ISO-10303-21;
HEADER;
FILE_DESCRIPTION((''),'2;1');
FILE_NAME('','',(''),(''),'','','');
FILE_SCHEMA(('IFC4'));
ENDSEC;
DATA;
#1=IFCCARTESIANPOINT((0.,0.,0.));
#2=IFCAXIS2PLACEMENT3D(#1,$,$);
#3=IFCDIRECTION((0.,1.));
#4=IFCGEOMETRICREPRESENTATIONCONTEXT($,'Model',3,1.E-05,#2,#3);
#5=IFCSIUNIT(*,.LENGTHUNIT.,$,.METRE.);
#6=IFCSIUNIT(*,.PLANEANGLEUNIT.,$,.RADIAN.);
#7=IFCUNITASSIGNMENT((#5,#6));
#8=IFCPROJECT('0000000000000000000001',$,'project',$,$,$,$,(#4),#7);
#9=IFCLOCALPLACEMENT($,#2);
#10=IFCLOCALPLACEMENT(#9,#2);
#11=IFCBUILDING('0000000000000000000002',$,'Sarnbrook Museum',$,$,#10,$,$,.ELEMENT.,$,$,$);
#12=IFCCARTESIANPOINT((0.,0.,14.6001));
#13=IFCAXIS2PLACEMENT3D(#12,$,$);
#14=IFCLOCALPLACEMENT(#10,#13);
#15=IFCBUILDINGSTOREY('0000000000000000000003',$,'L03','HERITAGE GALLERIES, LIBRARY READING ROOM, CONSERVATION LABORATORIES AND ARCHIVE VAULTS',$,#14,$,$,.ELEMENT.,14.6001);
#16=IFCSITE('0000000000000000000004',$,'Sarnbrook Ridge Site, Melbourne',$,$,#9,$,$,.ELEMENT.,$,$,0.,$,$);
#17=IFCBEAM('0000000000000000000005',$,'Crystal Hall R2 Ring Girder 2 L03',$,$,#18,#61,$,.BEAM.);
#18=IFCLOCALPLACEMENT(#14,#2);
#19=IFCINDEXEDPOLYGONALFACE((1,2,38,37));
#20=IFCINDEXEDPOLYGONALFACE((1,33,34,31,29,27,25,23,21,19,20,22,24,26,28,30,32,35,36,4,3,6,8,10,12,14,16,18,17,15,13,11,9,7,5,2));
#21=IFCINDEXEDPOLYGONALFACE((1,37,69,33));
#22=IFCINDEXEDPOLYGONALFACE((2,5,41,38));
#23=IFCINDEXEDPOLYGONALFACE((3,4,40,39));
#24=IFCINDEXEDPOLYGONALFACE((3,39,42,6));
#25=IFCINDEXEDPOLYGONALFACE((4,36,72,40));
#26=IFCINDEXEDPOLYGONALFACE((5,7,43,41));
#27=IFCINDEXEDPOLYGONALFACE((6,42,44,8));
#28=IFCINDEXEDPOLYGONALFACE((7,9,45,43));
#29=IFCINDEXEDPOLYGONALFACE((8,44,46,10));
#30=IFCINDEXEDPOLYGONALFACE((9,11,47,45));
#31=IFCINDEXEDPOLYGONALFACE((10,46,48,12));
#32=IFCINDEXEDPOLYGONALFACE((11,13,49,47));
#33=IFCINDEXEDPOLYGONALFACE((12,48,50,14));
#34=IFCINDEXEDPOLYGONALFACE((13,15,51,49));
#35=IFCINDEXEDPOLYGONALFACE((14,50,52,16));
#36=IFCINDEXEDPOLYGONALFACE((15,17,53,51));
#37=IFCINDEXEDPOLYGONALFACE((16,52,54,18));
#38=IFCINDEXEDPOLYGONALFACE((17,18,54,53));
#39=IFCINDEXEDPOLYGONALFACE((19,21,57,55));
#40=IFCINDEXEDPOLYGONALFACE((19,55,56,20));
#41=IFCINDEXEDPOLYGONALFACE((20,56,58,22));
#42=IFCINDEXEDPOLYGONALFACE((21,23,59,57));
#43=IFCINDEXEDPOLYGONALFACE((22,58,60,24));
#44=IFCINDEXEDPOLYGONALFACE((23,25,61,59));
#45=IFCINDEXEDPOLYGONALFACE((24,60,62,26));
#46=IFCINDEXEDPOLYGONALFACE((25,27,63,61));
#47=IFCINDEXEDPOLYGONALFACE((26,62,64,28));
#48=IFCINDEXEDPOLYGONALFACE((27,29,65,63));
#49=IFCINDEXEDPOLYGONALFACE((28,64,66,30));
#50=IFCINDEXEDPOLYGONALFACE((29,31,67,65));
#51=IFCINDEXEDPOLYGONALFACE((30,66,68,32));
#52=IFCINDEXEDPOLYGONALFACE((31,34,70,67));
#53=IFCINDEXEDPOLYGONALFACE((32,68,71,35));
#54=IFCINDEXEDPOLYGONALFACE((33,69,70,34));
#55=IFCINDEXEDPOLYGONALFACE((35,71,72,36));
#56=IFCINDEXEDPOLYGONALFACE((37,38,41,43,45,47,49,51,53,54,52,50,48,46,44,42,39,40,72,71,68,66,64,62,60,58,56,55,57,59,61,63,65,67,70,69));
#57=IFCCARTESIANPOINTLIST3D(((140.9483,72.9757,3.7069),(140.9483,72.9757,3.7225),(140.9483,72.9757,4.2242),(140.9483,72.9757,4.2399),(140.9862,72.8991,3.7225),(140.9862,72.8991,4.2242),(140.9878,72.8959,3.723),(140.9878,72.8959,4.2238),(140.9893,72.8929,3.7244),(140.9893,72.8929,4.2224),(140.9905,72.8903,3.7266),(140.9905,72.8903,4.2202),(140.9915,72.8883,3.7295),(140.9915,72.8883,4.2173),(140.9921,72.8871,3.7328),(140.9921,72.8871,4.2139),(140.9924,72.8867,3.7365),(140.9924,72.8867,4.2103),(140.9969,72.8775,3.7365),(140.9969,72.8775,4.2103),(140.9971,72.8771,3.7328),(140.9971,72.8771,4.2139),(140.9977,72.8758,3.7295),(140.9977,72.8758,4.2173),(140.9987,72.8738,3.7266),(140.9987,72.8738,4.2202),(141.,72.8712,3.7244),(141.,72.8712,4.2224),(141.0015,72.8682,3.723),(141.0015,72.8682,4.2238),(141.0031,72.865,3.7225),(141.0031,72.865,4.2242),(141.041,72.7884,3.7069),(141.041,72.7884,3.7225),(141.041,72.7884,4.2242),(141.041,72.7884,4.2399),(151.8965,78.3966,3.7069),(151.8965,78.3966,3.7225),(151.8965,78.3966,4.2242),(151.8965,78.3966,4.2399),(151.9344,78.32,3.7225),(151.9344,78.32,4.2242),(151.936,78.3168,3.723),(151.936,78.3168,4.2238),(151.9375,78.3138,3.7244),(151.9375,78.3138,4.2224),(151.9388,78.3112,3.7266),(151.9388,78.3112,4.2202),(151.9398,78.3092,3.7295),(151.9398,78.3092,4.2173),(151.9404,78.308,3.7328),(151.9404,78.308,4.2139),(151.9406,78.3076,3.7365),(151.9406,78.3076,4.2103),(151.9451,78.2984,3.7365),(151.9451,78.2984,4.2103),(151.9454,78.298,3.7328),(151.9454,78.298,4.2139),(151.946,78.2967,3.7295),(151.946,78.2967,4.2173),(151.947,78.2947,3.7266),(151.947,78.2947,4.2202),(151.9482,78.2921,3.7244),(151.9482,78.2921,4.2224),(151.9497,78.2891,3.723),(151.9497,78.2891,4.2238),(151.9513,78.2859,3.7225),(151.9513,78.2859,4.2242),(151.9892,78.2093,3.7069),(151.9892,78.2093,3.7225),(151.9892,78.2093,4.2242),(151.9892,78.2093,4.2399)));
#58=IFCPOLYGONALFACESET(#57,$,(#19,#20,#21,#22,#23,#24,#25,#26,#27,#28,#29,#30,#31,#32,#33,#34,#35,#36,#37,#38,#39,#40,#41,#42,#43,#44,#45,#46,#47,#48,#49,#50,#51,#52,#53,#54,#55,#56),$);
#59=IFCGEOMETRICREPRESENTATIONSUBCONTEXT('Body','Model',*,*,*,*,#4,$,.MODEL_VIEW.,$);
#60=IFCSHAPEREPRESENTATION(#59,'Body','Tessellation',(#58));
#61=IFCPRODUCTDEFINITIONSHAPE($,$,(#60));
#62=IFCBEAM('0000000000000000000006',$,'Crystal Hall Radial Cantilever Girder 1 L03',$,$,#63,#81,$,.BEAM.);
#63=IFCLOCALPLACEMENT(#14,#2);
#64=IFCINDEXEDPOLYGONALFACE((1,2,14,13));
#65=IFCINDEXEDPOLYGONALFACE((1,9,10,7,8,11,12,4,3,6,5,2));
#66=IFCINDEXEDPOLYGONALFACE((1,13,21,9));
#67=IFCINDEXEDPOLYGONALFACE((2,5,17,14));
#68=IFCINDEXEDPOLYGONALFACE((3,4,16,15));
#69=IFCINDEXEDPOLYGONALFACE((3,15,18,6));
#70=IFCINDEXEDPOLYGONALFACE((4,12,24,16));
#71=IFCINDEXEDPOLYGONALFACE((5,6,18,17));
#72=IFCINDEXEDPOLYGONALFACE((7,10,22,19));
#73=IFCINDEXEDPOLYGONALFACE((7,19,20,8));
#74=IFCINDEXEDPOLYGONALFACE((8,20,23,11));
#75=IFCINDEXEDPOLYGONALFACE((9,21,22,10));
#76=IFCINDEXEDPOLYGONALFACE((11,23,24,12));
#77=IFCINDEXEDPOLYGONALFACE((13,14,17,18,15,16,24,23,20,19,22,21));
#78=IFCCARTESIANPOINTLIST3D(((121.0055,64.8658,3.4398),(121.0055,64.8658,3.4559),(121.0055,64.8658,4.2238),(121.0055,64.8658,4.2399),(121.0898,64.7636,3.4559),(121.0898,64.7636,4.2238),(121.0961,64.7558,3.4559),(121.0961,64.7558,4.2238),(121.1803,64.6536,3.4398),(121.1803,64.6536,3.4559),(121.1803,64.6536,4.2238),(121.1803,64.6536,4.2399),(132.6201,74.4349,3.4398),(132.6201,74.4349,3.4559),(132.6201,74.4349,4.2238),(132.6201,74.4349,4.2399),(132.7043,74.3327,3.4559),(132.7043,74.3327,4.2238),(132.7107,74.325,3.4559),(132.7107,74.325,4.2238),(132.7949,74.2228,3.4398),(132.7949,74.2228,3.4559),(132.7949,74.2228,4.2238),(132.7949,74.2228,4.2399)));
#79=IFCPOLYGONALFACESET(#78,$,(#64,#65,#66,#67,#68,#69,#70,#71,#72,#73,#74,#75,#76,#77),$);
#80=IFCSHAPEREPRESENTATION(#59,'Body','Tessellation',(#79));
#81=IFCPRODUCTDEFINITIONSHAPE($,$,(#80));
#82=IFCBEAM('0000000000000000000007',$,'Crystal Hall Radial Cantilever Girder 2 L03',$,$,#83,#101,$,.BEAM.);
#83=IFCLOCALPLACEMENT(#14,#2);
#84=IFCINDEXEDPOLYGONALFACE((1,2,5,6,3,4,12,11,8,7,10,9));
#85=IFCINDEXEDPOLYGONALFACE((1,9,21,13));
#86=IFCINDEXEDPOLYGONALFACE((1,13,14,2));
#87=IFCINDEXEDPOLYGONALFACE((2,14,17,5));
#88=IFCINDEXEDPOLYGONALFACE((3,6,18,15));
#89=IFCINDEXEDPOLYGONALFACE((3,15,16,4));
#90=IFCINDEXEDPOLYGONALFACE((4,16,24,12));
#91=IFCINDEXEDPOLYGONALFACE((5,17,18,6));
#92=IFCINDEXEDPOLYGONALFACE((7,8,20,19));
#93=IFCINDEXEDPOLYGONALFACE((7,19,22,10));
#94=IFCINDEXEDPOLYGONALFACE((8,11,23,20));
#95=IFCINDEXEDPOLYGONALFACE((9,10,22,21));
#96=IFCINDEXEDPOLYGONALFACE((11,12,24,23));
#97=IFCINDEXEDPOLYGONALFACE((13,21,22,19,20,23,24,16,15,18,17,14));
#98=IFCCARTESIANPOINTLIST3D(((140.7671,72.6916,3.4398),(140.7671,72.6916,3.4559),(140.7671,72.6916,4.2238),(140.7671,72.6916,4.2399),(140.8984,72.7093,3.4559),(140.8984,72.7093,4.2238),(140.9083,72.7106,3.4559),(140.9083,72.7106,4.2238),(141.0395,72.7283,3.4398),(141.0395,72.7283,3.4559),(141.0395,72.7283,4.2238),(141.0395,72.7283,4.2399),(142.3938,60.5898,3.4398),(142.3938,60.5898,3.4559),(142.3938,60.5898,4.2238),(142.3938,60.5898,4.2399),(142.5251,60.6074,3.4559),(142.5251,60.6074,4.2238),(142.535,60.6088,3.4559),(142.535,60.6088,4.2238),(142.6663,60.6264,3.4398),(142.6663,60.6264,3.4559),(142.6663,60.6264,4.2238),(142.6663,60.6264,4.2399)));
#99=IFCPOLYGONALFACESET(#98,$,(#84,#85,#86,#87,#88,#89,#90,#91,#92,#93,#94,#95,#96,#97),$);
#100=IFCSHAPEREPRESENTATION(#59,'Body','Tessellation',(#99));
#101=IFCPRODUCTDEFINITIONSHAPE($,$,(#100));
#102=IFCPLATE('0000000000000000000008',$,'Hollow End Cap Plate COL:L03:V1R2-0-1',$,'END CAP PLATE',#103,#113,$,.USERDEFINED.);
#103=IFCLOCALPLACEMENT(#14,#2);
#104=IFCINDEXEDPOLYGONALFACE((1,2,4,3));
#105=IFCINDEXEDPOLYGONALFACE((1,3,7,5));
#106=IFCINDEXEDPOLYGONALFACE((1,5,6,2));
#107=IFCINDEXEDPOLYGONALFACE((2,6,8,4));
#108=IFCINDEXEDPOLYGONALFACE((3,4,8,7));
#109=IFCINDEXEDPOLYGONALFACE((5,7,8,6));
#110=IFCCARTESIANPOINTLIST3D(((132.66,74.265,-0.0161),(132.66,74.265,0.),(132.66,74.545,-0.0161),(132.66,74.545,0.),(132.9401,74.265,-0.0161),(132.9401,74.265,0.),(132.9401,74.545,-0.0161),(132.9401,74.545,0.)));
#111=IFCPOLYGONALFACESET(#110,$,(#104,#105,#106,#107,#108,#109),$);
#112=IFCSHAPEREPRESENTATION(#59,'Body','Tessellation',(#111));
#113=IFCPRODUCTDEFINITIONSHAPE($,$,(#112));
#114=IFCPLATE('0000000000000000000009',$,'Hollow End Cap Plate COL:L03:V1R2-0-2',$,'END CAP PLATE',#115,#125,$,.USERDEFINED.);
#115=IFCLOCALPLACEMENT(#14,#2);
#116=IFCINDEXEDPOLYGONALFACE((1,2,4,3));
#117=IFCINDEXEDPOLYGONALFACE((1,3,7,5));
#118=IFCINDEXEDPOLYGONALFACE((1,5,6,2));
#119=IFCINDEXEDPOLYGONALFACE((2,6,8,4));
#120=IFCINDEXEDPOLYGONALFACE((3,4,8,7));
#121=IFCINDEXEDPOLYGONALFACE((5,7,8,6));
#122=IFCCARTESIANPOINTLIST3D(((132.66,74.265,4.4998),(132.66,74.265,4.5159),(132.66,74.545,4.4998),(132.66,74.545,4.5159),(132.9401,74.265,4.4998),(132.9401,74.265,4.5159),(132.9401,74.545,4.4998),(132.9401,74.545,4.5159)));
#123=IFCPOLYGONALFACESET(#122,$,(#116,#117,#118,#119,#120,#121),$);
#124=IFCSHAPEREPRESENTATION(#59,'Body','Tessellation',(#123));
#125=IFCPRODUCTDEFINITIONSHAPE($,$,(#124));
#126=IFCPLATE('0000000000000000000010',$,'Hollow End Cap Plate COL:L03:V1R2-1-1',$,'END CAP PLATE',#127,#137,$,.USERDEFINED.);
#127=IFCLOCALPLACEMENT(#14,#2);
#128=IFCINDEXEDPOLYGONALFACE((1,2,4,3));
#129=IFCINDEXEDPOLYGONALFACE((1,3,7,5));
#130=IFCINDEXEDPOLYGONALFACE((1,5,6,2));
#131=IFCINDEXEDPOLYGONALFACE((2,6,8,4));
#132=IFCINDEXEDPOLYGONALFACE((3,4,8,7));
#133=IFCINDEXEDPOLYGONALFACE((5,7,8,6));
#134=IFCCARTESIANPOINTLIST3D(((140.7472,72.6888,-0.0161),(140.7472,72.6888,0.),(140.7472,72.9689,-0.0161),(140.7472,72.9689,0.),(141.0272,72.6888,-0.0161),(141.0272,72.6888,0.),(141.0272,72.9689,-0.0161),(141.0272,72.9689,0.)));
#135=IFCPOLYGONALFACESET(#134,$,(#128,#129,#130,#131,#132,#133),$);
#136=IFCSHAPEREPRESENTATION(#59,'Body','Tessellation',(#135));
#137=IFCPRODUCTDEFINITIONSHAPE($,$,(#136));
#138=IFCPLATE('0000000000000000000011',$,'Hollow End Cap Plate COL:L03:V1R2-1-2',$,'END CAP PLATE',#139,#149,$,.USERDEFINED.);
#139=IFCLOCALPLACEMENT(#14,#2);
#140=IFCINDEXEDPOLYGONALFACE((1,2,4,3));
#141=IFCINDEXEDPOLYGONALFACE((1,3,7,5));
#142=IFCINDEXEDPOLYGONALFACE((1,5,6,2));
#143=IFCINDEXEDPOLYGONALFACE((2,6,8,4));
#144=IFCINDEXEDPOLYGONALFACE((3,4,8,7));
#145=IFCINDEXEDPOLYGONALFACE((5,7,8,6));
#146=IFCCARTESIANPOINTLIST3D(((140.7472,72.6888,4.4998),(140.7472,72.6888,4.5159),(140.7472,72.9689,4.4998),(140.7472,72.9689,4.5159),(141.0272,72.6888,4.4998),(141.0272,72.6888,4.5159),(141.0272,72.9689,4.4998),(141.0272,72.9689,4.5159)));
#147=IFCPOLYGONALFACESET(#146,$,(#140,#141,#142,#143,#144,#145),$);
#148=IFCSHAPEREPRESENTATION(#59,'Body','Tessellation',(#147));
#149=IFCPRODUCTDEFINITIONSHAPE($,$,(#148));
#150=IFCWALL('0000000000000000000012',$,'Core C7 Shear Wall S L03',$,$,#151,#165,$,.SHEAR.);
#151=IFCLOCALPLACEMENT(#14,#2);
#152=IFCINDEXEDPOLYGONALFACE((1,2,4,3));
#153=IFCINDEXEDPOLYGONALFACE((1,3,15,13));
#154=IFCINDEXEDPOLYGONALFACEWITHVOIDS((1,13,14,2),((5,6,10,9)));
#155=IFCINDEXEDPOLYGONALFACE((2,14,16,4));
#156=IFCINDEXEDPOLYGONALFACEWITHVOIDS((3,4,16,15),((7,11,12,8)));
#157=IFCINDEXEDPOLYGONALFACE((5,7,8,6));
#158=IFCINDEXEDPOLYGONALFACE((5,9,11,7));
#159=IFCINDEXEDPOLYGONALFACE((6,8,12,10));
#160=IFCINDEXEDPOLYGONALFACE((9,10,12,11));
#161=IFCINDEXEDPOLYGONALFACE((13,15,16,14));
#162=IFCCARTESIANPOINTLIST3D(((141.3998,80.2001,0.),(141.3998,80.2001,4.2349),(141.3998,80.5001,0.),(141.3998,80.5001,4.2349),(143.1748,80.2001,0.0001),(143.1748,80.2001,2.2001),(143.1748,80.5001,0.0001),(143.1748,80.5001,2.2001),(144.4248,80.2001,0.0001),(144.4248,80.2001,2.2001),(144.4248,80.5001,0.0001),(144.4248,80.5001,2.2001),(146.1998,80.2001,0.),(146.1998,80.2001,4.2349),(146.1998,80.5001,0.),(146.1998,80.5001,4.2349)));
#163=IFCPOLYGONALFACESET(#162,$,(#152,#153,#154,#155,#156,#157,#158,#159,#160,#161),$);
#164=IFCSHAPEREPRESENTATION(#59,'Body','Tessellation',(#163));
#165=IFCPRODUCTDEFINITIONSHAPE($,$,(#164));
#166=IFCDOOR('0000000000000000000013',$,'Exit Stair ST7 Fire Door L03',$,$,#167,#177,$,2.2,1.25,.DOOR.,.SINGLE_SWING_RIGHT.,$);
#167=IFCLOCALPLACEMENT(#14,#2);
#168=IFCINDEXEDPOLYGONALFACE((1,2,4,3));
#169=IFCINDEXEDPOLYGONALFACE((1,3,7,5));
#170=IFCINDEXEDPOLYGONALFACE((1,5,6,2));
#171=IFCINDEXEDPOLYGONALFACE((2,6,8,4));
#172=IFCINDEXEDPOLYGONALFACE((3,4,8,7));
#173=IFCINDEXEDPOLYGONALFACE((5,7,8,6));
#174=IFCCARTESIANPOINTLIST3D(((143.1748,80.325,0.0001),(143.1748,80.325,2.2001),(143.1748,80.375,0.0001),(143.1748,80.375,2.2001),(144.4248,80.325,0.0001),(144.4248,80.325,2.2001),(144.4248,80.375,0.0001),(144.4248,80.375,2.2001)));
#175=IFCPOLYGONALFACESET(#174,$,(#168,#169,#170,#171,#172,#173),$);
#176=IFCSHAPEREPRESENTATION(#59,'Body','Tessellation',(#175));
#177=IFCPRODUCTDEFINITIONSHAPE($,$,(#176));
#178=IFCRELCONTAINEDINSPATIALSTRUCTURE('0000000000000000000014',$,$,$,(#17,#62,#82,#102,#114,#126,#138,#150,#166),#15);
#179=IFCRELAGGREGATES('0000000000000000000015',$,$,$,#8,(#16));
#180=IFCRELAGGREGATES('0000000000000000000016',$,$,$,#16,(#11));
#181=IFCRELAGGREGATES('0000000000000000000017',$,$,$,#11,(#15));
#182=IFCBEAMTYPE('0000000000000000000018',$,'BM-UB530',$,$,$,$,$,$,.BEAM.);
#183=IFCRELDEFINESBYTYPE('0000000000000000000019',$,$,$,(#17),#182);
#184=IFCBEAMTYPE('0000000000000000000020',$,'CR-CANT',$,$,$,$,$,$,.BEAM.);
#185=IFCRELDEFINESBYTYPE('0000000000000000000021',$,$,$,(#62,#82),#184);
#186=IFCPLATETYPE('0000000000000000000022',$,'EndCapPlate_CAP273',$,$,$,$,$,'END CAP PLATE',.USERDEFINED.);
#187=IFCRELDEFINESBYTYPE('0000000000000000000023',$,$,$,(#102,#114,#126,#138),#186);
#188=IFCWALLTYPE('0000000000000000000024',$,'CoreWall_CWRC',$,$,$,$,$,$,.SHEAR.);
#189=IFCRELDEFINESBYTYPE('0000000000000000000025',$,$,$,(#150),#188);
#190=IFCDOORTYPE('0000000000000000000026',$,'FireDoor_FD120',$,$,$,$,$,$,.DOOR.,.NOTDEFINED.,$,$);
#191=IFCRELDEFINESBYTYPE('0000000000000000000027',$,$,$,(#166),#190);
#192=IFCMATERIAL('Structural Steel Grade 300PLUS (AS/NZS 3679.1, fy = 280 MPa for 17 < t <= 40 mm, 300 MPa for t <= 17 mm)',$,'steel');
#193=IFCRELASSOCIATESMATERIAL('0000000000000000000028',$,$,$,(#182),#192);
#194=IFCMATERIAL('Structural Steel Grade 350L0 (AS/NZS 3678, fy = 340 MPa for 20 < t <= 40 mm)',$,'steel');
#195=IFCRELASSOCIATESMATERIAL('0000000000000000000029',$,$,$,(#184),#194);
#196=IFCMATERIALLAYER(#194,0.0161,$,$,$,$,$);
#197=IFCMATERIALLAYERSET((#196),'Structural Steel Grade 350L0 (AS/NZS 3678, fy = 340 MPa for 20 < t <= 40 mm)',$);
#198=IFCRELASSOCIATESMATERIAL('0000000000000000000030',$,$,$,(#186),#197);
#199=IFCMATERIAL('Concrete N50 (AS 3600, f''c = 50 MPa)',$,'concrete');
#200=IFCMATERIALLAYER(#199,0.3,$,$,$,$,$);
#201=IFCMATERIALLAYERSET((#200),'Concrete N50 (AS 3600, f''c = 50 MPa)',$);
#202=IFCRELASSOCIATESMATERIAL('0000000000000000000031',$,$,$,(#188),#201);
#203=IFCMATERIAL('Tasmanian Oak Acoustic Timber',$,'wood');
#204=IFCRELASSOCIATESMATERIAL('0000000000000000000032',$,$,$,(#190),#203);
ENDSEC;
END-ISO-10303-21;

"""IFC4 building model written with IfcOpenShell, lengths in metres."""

from ifc_helpers import new_model, si_unit, direction, frame, frame_2d, origin, origin_2d, place, context, subcontext, project, spatial, rectangle, i_section, extrude, material, layer, layer_set, material_profile, profile_set, type_object, element, fill, save


model = new_model("IFC4")

# Units and contexts
model_context = context("Model", 3, precision=1e-05, world=origin(), true_north=direction((0.0, 1.0)))
body_context = subcontext(model_context, "Body", "Model", "MODEL_VIEW")
ifc_project = project(units=[si_unit("LENGTHUNIT", "METRE"), si_unit("PLANEANGLEUNIT", "RADIAN")], contexts=[model_context])

# Site, building, storey
site_placement = place(None, origin())
site = spatial("IfcSite", under=ifc_project, at=site_placement, Name="Sarnbrook Ridge Site, Melbourne", CompositionType="ELEMENT", RefElevation=0.0)
building_placement = place(site_placement, origin())
building = spatial("IfcBuilding", under=site, at=building_placement, Name="Sarnbrook Museum", CompositionType="ELEMENT")
storey_placement = place(building_placement, frame((0.0, 0.0, 14.6001)))
storey = spatial("IfcBuildingStorey", under=building, at=storey_placement, Name="L03", Description="HERITAGE GALLERIES, LIBRARY READING ROOM, CONSERVATION LABORATORIES AND ARCHIVE VAULTS", CompositionType="ELEMENT", Elevation=14.6001)

# Beams
ifc_material_1 = material(Name="Structural Steel Grade 300PLUS (AS/NZS 3679.1, fy = 280 MPa for 17 < t <= 40 mm, 300 MPa for t <= 17 mm)", Category="steel")
ifc_material_profile_1 = material_profile(ifc_material_1, i_section(OverallWidth=0.209, OverallDepth=0.533, WebThickness=0.0103, FlangeThickness=0.0156, FilletRadius=0.0139, at=origin_2d()), Name="530UB92.4")
ifc_profile_set_1 = profile_set([ifc_material_profile_1], Name="Structural Steel Grade 300PLUS (AS/NZS 3679.1, fy = 280 MPa for 17 < t <= 40 mm, 300 MPa for t <= 17 mm)")
beam_type_1 = type_object("IfcBeamType", Name="BM-UB530", PredefinedType="BEAM", material=ifc_profile_set_1)
beam_1_placement = place(storey_placement, frame((140.9946, 72.8821, 3.9734), z_axis=(0.896163, 0.443725, 0.0), x_axis=(-0.443725, 0.896163, 0.0)))
element("IfcBeam", 1, at=beam_1_placement, inside=storey, type_object=beam_type_1, Name="Crystal Hall R2 Ring Girder 2 L03", PredefinedType="BEAM", context=body_context, shape_type="SweptSolid", body=[
    extrude(i_section(OverallWidth=0.209, OverallDepth=0.533, WebThickness=0.0103, FlangeThickness=0.0156, FilletRadius=0.0139, at=origin_2d()), origin(), (0.0, 0.0, 1.0), 12.2168),
])
ifc_material_2 = material(Name="Structural Steel Grade 350L0 (AS/NZS 3678, fy = 340 MPa for 20 < t <= 40 mm)", Category="steel")
ifc_material_profile_2 = material_profile(ifc_material_2, i_section(OverallWidth=0.2749, OverallDepth=0.8, WebThickness=0.01, FlangeThickness=0.0161, at=origin_2d()), Name="800WB146")
ifc_profile_set_2 = profile_set([ifc_material_profile_2], Name="Structural Steel Grade 350L0 (AS/NZS 3678, fy = 340 MPa for 20 < t <= 40 mm)")
beam_type_2 = type_object("IfcBeamType", Name="CR-CANT", PredefinedType="BEAM", material=ifc_profile_set_2)
beam_2_placement = place(storey_placement, frame((132.7075, 74.3289, 3.8398), z_axis=(-0.771793, -0.635874, 0.0), x_axis=(0.635874, -0.771793, 0.0)))
element("IfcBeam", 2, at=beam_2_placement, inside=storey, type_object=beam_type_2, Name="Crystal Hall Radial Cantilever Girder 1 L03", PredefinedType="BEAM", context=body_context, shape_type="SweptSolid", body=[
    extrude(i_section(OverallWidth=0.2749, OverallDepth=0.8, WebThickness=0.01, FlangeThickness=0.0161, at=origin_2d()), origin(), (0.0, 0.0, 1.0), 15.0488),
])
beam_3_placement = place(storey_placement, frame((140.9033, 72.71, 3.8398), z_axis=(0.133221, -0.991086, 0.0), x_axis=(0.991086, 0.133221, 0.0)))
element("IfcBeam", 3, at=beam_3_placement, inside=storey, type_object=beam_type_2, Name="Crystal Hall Radial Cantilever Girder 2 L03", PredefinedType="BEAM", context=body_context, shape_type="SweptSolid", body=[
    extrude(i_section(OverallWidth=0.2749, OverallDepth=0.8, WebThickness=0.01, FlangeThickness=0.0161, at=origin_2d()), origin(), (0.0, 0.0, 1.0), 12.2107),
])

# Plates
ifc_layer_1 = layer(ifc_material_2, 0.0161)
ifc_layer_set_1 = layer_set([ifc_layer_1], Name="Structural Steel Grade 350L0 (AS/NZS 3678, fy = 340 MPa for 20 < t <= 40 mm)")
plate_type = type_object("IfcPlateType", Name="EndCapPlate_CAP273", ElementType="END CAP PLATE", PredefinedType="USERDEFINED", material=ifc_layer_set_1)
for number, where, z_axis, x_axis, name in (
    (4, (132.8, 74.405, -0.0161), (0.0, 0.0, 1.0), (1.0, 0.0, 0.0), "Hollow End Cap Plate COL:L03:V1R2-0-1"),
    (5, (132.8, 74.405, 4.4998), (0.0, 0.0, 1.0), (1.0, 0.0, 0.0), "Hollow End Cap Plate COL:L03:V1R2-0-2"),
    (6, (140.8872, 72.8289, -0.0161), (0.0, 0.0, 1.0), (1.0, 0.0, 0.0), "Hollow End Cap Plate COL:L03:V1R2-1-1"),
    (7, (140.8872, 72.8289, 4.4998), (0.0, 0.0, 1.0), (1.0, 0.0, 0.0), "Hollow End Cap Plate COL:L03:V1R2-1-2"),
):
    element("IfcPlate", number, at=place(storey_placement, frame(where, z_axis=z_axis, x_axis=x_axis)), inside=storey, type_object=plate_type, Name=name, ObjectType="END CAP PLATE", PredefinedType="USERDEFINED", context=body_context, shape_type="SweptSolid", body=[
        extrude(rectangle(XDim=0.28, YDim=0.28, at=origin_2d()), origin(), (0.0, 0.0, 1.0), 0.0161),
    ])

# Wall, opening, door
ifc_material_3 = material(Name="Concrete N50 (AS 3600, f'c = 50 MPa)", Category="concrete")
ifc_layer_2 = layer(ifc_material_3, 0.3)
ifc_layer_set_2 = layer_set([ifc_layer_2], Name="Concrete N50 (AS 3600, f'c = 50 MPa)")
wall_type_1 = type_object("IfcWallType", Name="CoreWall_CWRC", PredefinedType="SHEAR", material=ifc_layer_set_2)
wall_1_placement = place(storey_placement, frame((141.3999, 80.3501, 0.0), z_axis=(0.0, 0.0, 1.0), x_axis=(1.0, 0.0, 0.0)))
wall_1 = element("IfcWall", 8, at=wall_1_placement, inside=storey, type_object=wall_type_1, Name="Core C7 Shear Wall S L03", PredefinedType="SHEAR", context=body_context, shape_type="SweptSolid", body=[
    extrude(rectangle(XDim=4.8, YDim=0.3, at=frame_2d((2.3999, 0.0))), origin(), (0.0, 0.0, 1.0), 4.2349),
])
opening_1_placement = place(wall_1_placement, frame((1.7749, 0.0, 0.0)))
opening_1 = element("IfcOpeningElement", 9, at=opening_1_placement, cuts=wall_1, PredefinedType="OPENING", context=body_context, shape_type="SweptSolid", body=[
    extrude(rectangle(XDim=1.25, YDim=2.2, at=frame_2d((0.625, 1.1001))), frame((0.0, 0.1602, 0.0), z_axis=(0.0, -1.0, 0.0), x_axis=(1.0, 0.0, 0.0)), (0.0, 0.0, 1.0), 0.3201),
])
ifc_material_4 = material(Name="Tasmanian Oak Acoustic Timber", Category="wood")
door_type_1 = type_object("IfcDoorType", Name="FireDoor_FD120", OperationType="NOTDEFINED", PredefinedType="DOOR", material=ifc_material_4)
door_1_placement = place(opening_1_placement, origin())
door_1 = element("IfcDoor", 10, at=door_1_placement, inside=storey, type_object=door_type_1, Name="Exit Stair ST7 Fire Door L03", OperationType="SINGLE_SWING_RIGHT", OverallHeight=2.2, OverallWidth=1.25, PredefinedType="DOOR", context=body_context, shape_type="SweptSolid", body=[
    extrude(rectangle(XDim=1.25, YDim=2.2, at=frame_2d((0.625, 1.1001))), frame((0.0, 0.0249, 0.0), z_axis=(0.0, -1.0, 0.0), x_axis=(1.0, 0.0, 0.0)), (0.0, 0.0, 1.0), 0.05),
])
fill(opening_1, door_1)

save(model, "model.ifc")
